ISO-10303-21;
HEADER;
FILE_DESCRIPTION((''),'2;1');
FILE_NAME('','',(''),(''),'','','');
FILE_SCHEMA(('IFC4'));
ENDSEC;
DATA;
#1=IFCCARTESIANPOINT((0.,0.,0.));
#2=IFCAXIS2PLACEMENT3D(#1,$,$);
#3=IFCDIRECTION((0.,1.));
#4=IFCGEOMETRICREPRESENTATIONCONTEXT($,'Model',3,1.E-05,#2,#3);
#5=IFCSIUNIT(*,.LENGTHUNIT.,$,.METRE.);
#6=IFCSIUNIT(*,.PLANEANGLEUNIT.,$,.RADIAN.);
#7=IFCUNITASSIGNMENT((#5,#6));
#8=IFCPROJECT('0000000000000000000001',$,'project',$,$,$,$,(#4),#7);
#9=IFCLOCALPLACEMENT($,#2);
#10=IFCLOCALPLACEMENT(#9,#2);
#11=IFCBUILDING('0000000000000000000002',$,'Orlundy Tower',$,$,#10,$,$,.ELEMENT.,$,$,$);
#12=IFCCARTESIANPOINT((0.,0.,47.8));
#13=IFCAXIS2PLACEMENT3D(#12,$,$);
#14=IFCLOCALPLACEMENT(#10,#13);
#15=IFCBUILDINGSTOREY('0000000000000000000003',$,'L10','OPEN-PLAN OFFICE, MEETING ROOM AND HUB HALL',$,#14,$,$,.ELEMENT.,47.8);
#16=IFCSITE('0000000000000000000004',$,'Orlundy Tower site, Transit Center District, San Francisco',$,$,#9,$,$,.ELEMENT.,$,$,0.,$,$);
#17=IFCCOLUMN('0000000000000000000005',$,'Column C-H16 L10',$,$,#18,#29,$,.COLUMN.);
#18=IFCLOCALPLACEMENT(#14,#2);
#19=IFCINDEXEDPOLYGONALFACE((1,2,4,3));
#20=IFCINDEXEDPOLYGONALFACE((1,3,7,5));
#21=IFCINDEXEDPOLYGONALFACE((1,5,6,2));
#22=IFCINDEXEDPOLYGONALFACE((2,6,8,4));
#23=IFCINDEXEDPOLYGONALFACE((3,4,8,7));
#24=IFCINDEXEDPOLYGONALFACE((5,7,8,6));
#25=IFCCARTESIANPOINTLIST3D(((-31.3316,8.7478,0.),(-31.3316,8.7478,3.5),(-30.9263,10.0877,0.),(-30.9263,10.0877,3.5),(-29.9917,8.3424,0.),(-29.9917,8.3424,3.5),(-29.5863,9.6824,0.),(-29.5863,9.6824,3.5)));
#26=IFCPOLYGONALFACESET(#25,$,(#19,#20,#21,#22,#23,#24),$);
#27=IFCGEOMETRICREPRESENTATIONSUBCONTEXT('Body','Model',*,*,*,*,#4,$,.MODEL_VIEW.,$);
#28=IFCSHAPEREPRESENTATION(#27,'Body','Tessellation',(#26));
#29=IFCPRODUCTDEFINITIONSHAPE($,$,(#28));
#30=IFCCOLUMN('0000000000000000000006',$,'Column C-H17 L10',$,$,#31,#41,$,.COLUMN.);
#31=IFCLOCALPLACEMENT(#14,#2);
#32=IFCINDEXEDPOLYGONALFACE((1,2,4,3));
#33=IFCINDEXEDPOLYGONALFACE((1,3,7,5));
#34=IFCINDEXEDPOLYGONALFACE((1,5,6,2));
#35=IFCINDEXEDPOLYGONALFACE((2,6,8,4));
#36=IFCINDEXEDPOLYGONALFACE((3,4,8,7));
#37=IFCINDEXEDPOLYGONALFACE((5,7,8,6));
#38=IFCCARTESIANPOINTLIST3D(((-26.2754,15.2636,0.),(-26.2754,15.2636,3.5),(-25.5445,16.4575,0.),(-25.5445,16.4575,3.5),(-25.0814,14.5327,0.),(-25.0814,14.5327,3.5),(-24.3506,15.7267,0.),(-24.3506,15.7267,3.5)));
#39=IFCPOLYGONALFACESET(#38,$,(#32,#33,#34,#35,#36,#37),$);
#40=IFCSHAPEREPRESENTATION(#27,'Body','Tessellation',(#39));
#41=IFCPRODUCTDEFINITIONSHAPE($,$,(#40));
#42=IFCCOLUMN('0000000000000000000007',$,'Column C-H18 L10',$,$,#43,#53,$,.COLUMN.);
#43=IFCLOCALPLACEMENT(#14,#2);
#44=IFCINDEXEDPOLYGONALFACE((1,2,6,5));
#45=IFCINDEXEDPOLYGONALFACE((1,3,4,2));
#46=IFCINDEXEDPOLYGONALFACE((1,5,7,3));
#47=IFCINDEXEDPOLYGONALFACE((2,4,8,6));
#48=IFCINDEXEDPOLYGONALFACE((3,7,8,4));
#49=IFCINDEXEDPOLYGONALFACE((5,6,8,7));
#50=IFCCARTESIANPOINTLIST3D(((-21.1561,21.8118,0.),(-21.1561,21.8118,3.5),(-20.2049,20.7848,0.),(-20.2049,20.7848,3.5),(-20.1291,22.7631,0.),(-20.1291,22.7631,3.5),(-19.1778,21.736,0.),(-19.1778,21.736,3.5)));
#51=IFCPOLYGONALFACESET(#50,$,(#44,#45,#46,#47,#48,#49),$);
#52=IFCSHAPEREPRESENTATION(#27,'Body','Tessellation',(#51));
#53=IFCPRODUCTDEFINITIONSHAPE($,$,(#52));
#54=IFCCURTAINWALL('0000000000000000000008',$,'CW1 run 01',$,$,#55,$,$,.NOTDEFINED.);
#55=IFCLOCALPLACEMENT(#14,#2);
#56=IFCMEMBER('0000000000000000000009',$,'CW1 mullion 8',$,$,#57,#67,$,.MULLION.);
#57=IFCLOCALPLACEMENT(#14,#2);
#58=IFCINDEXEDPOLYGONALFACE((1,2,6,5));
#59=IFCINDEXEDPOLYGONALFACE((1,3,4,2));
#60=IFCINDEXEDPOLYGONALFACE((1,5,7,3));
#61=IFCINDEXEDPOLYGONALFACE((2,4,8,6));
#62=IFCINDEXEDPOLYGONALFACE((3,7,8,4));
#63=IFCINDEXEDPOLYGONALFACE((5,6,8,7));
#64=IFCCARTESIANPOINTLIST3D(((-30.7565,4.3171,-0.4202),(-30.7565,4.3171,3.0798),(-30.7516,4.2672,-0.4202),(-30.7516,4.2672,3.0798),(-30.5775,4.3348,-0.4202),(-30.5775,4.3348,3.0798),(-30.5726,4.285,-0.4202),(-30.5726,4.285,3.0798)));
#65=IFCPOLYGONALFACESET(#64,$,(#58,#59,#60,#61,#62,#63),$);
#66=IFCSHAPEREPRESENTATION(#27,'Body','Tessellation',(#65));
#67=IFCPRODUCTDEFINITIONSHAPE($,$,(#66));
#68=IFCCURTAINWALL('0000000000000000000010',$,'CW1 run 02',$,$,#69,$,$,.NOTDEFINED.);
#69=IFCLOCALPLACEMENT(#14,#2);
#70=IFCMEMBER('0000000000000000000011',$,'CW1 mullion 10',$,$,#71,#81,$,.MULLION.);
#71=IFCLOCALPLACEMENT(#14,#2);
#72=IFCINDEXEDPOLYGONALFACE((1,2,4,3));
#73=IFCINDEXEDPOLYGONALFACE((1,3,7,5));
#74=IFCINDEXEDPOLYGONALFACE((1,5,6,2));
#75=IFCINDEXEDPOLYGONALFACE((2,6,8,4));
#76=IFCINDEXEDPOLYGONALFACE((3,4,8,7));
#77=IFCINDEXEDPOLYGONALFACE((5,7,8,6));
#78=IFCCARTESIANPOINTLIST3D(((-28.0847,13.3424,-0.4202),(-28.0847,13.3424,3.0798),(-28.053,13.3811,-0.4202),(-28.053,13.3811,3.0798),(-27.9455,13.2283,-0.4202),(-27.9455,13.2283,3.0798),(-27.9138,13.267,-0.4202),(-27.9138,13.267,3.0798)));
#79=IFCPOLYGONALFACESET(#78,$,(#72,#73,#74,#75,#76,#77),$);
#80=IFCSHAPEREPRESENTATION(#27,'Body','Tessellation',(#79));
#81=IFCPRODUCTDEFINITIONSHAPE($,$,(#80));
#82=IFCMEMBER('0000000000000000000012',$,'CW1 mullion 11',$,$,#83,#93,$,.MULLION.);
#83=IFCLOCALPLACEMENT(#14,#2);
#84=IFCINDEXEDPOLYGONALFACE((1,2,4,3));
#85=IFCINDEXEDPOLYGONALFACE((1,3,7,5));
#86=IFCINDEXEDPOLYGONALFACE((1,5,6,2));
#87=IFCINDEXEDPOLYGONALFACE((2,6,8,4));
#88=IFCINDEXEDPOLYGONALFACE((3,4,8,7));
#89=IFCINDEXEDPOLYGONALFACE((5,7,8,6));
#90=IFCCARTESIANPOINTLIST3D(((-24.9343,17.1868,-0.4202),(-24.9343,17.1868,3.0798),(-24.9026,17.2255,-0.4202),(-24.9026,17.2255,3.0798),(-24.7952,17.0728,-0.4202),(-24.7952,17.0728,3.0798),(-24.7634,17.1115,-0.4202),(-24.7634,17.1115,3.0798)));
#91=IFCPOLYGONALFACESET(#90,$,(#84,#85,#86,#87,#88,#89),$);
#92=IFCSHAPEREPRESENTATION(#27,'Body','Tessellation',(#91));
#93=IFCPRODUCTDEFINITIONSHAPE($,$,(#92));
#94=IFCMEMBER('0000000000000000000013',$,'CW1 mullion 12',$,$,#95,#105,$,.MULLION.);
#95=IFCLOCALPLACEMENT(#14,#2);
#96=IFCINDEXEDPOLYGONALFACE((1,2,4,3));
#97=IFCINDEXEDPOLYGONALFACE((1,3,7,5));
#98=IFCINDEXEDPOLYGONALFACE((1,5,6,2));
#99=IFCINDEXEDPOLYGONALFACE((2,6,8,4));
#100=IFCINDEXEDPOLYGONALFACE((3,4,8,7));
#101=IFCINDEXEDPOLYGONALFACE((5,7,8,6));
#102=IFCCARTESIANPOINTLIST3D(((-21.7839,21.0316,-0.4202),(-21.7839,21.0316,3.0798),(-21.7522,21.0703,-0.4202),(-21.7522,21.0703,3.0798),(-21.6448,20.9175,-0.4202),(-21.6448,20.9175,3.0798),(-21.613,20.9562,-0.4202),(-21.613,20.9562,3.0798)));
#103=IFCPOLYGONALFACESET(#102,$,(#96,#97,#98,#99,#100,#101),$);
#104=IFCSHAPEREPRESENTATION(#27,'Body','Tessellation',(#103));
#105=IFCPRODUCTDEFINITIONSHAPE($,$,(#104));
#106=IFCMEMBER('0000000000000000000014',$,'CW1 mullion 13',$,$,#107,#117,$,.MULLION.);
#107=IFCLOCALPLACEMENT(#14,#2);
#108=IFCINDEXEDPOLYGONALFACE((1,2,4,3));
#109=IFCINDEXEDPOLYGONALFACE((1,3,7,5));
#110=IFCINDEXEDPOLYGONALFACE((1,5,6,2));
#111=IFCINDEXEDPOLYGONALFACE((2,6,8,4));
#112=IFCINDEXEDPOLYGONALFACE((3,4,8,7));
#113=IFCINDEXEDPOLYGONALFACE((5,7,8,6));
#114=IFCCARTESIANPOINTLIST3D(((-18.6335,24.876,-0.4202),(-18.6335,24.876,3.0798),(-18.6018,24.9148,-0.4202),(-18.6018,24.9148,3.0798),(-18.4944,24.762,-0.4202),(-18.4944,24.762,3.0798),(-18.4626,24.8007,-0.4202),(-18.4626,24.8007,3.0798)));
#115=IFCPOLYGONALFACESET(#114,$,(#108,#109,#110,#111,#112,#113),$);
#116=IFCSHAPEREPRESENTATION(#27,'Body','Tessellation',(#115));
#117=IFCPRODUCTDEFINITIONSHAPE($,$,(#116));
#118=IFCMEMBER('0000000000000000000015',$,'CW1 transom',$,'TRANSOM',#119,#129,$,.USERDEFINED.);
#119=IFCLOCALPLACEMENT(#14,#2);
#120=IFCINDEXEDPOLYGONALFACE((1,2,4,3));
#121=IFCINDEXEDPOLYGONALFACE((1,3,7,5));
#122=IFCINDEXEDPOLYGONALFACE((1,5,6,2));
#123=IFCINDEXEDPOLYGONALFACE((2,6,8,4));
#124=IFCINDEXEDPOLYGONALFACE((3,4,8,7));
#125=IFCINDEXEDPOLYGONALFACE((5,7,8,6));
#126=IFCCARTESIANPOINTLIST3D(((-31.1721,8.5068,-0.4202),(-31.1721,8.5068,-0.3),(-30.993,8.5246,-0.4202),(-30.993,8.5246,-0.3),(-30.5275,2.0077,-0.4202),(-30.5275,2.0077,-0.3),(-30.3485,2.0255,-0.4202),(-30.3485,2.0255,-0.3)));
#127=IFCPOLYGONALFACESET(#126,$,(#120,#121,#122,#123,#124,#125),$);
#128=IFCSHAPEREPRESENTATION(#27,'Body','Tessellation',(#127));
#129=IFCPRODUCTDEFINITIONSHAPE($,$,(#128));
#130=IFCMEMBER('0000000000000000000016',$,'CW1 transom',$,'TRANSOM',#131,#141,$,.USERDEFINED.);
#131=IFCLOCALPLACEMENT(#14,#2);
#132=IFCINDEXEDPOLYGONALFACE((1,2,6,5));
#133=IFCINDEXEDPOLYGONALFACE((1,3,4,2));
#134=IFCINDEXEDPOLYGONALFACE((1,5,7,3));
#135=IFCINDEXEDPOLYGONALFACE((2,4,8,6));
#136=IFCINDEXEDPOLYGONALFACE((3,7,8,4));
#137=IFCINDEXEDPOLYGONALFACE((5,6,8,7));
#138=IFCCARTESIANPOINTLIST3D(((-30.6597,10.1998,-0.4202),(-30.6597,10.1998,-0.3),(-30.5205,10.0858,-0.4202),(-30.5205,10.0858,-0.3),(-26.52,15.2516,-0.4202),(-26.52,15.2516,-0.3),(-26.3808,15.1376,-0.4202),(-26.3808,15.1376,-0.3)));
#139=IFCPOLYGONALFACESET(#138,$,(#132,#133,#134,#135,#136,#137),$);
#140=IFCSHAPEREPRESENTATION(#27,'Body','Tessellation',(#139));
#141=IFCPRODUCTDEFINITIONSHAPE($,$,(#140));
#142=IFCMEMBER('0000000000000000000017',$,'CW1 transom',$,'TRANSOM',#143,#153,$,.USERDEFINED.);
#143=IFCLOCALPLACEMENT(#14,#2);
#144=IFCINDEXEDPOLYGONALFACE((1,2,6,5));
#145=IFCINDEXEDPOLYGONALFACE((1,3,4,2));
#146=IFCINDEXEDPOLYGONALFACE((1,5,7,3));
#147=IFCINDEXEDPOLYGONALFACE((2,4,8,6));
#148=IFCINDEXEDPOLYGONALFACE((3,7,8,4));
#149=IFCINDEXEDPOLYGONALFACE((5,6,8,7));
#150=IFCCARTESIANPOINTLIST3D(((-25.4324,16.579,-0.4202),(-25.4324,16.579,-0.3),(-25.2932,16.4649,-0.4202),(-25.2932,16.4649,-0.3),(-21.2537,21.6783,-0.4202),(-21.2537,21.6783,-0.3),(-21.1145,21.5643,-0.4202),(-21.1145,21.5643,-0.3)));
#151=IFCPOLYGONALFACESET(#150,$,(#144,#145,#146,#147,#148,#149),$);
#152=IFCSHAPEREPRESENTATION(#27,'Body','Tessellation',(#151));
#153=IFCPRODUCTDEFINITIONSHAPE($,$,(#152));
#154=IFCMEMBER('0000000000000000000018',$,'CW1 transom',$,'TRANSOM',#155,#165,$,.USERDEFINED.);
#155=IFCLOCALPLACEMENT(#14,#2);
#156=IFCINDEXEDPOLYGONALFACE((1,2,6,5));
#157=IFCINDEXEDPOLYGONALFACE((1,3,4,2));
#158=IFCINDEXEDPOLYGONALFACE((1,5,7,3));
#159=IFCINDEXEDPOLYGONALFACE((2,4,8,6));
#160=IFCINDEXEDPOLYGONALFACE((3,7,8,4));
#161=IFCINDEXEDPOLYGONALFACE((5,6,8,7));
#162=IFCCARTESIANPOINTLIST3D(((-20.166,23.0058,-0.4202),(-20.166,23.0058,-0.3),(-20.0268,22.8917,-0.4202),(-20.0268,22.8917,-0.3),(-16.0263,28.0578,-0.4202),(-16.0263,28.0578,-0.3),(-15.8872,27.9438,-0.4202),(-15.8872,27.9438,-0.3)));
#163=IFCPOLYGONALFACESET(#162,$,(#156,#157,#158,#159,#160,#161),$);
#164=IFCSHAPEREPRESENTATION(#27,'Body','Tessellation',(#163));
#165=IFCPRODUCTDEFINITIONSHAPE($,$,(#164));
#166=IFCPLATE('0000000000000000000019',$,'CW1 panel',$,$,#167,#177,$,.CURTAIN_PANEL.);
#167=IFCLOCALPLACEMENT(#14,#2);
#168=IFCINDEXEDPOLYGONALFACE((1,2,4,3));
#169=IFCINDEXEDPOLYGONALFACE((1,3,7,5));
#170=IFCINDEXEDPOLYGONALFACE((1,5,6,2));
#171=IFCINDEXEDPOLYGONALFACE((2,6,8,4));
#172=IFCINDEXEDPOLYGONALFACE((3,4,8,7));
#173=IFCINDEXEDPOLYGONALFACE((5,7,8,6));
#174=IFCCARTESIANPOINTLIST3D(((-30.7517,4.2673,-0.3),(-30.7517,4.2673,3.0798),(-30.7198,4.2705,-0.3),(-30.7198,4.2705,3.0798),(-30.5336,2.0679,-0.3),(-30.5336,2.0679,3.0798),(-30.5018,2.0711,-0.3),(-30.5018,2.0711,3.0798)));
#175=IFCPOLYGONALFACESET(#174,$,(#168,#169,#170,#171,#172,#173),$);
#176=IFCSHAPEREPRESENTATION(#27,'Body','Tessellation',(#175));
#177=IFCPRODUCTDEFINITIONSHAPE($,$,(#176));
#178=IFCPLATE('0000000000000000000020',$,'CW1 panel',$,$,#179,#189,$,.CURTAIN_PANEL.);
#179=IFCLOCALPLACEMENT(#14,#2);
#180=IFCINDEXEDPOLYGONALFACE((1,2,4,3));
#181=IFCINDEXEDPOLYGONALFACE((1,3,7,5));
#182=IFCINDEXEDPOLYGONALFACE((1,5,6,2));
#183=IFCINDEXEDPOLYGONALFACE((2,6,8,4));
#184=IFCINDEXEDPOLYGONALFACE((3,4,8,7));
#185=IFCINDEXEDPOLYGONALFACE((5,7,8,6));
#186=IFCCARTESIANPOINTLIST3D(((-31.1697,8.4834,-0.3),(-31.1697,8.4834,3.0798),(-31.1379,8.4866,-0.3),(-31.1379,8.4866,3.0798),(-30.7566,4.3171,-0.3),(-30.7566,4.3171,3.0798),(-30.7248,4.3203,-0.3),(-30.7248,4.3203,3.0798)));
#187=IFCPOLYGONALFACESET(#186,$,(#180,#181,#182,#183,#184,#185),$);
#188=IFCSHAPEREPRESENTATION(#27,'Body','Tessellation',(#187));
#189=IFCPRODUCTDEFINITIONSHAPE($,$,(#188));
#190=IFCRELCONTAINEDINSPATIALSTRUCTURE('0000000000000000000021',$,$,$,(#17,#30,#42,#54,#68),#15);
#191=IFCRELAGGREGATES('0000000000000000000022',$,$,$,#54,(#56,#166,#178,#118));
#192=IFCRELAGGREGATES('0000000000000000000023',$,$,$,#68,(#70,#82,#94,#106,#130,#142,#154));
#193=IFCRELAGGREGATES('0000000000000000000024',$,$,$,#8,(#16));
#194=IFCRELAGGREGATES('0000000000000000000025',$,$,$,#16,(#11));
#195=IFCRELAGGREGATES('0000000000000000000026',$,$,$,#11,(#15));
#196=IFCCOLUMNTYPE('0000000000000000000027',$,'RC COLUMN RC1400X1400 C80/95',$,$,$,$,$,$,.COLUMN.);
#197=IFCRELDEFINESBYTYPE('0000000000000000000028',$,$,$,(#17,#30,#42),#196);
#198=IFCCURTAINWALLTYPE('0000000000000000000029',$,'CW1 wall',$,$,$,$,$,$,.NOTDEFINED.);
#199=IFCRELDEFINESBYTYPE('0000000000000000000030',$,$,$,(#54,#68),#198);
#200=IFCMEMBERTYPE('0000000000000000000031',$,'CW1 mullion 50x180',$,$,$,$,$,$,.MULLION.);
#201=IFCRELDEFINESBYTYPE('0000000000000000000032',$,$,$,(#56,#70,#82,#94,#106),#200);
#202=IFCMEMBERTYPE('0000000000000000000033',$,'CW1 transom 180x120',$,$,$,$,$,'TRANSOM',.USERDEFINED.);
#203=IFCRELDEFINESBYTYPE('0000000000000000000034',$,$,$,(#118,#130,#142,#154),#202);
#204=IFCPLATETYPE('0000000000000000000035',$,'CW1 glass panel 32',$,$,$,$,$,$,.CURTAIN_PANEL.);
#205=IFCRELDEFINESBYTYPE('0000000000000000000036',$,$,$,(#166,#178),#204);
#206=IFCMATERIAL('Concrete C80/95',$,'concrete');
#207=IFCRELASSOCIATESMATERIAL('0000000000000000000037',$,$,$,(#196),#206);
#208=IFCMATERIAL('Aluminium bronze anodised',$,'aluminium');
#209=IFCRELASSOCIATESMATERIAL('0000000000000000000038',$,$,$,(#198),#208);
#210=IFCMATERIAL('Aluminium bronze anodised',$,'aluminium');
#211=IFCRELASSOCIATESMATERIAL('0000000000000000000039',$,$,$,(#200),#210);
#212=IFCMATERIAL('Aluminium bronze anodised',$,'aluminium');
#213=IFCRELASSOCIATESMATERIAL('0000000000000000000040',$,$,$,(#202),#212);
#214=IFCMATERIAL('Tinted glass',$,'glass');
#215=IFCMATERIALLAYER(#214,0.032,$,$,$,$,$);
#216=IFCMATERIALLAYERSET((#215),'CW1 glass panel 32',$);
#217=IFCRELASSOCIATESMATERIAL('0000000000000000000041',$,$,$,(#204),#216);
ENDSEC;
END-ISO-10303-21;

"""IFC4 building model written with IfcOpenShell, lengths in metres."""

from ifc_helpers import new_model, si_unit, direction, frame, origin, origin_2d, place, context, subcontext, project, spatial, rectangle, extrude, material, layer, layer_set, material_profile, profile_set, type_object, element, aggregate, save


model = new_model("IFC4")

# Units and contexts
model_context = context("Model", 3, precision=1e-05, world=origin(), true_north=direction((0.0, 1.0)))
body_context = subcontext(model_context, "Body", "Model", "MODEL_VIEW")
ifc_project = project(units=[si_unit("LENGTHUNIT", "METRE"), si_unit("PLANEANGLEUNIT", "RADIAN")], contexts=[model_context])

# Site, building, storey
site_placement = place(None, origin())
site = spatial("IfcSite", under=ifc_project, at=site_placement, Name="Orlundy Tower site, Transit Center District, San Francisco", CompositionType="ELEMENT", RefElevation=0.0)
building_placement = place(site_placement, origin())
building = spatial("IfcBuilding", under=site, at=building_placement, Name="Orlundy Tower", CompositionType="ELEMENT")
storey_placement = place(building_placement, frame((0.0, 0.0, 47.8)))
storey = spatial("IfcBuildingStorey", under=building, at=storey_placement, Name="L10", Description="OPEN-PLAN OFFICE, MEETING ROOM AND HUB HALL", CompositionType="ELEMENT", Elevation=47.8)

# Columns
ifc_material_1 = material(Name="Concrete C80/95", Category="concrete")
ifc_material_profile_1 = material_profile(ifc_material_1, rectangle(XDim=1.3999, YDim=1.3999, at=origin_2d()), Name="RC1400X1400")
ifc_profile_set_1 = profile_set([ifc_material_profile_1], Name="Concrete C80/95")
column_type = type_object("IfcColumnType", Name="RC COLUMN RC1400X1400 C80/95", PredefinedType="COLUMN", material=ifc_profile_set_1)
for number, where, z_axis, x_axis, name in (
    (1, (-30.459, 9.2151, 0.0), (0.0, 0.0, 1.0), (-0.957153, 0.289583, 0.0), "Column C-H16 L10"),
    (2, (-25.313, 15.4951, 0.0), (0.0, 0.0, 1.0), (-0.852895, 0.522082, 0.0), "Column C-H17 L10"),
    (3, (-20.167, 21.7739, 0.0), (0.0, 0.0, 1.0), (-0.679518, 0.733659, 0.0), "Column C-H18 L10"),
):
    element("IfcColumn", number, at=place(storey_placement, frame(where, z_axis=z_axis, x_axis=x_axis)), inside=storey, type_object=column_type, Name=name, PredefinedType="COLUMN", context=body_context, shape_type="SweptSolid", body=[
        extrude(rectangle(XDim=1.3999, YDim=1.3999, at=origin_2d()), origin(), (0.0, 0.0, 1.0), 3.5),
    ])

# Curtain wall, member
ifc_material_2 = material(Name="Aluminium bronze anodised", Category="aluminium")
curtain_wall_type = type_object("IfcCurtainWallType", Name="CW1 wall", PredefinedType="NOTDEFINED", material=ifc_material_2)
curtain_wall_1_placement = place(storey_placement, origin())
curtain_wall_1 = element("IfcCurtainWall", 4, at=curtain_wall_1_placement, inside=storey, type_object=curtain_wall_type, Name="CW1 run 01", PredefinedType="NOTDEFINED")
ifc_material_3 = material(Name="Aluminium bronze anodised", Category="aluminium")
ifc_material_profile_2 = material_profile(ifc_material_3, rectangle(XDim=0.1799, YDim=0.05, at=origin_2d()), Name="CW1 mullion 50x180")
ifc_profile_set_2 = profile_set([ifc_material_profile_2], Name="Aluminium bronze anodised")
member_type_1 = type_object("IfcMemberType", Name="CW1 mullion 50x180", PredefinedType="MULLION", material=ifc_profile_set_2)
member_1_placement = place(storey_placement, frame((-30.6646, 4.301, -0.4202), z_axis=(0.0, 0.0, 1.0), x_axis=(-0.99512, -0.098672, 0.0)))
member_1 = element("IfcMember", 5, at=member_1_placement, type_object=member_type_1, Name="CW1 mullion 8", PredefinedType="MULLION", context=body_context, shape_type="SweptSolid", body=[
    extrude(rectangle(XDim=0.1799, YDim=0.05, at=origin_2d()), origin(), (0.0, 0.0, 1.0), 3.5),
])

# Curtain wall, members
curtain_wall_2_placement = place(storey_placement, origin())
curtain_wall_2 = element("IfcCurtainWall", 6, at=curtain_wall_2_placement, inside=storey, type_object=curtain_wall_type, Name="CW1 run 02", PredefinedType="NOTDEFINED")
member_2_placement = place(storey_placement, frame((-27.9993, 13.3047, -0.4202), z_axis=(0.0, 0.0, 1.0), x_axis=(-0.773482, 0.633818, 0.0)))
member_2 = element("IfcMember", 7, at=member_2_placement, type_object=member_type_1, Name="CW1 mullion 10", PredefinedType="MULLION", context=body_context, shape_type="SweptSolid", body=[
    extrude(rectangle(XDim=0.1799, YDim=0.05, at=origin_2d()), origin(), (0.0, 0.0, 1.0), 3.5),
])
member_3_placement = place(storey_placement, frame((-24.8489, 17.1492, -0.4202), z_axis=(0.0, 0.0, 1.0), x_axis=(-0.773482, 0.633818, 0.0)))
member_3 = element("IfcMember", 8, at=member_3_placement, type_object=member_type_1, Name="CW1 mullion 11", PredefinedType="MULLION", context=body_context, shape_type="SweptSolid", body=[
    extrude(rectangle(XDim=0.1799, YDim=0.05, at=origin_2d()), origin(), (0.0, 0.0, 1.0), 3.5),
])
member_4_placement = place(storey_placement, frame((-21.6985, 20.9939, -0.4202), z_axis=(0.0, 0.0, 1.0), x_axis=(-0.773482, 0.633818, 0.0)))
member_4 = element("IfcMember", 9, at=member_4_placement, type_object=member_type_1, Name="CW1 mullion 12", PredefinedType="MULLION", context=body_context, shape_type="SweptSolid", body=[
    extrude(rectangle(XDim=0.1799, YDim=0.05, at=origin_2d()), origin(), (0.0, 0.0, 1.0), 3.5),
])
member_5_placement = place(storey_placement, frame((-18.5481, 24.8384, -0.4202), z_axis=(0.0, 0.0, 1.0), x_axis=(-0.773482, 0.633818, 0.0)))
member_5 = element("IfcMember", 10, at=member_5_placement, type_object=member_type_1, Name="CW1 mullion 13", PredefinedType="MULLION", context=body_context, shape_type="SweptSolid", body=[
    extrude(rectangle(XDim=0.1799, YDim=0.05, at=origin_2d()), origin(), (0.0, 0.0, 1.0), 3.5),
])

# Members
ifc_material_4 = material(Name="Aluminium bronze anodised", Category="aluminium")
ifc_material_profile_3 = material_profile(ifc_material_4, rectangle(XDim=0.1799, YDim=0.1201, at=origin_2d()), Name="CW1 transom 180x120")
ifc_profile_set_3 = profile_set([ifc_material_profile_3], Name="Aluminium bronze anodised")
member_type_2 = type_object("IfcMemberType", Name="CW1 transom 180x120", ElementType="TRANSOM", PredefinedType="USERDEFINED", material=ifc_profile_set_3)
member_6_placement = place(storey_placement, frame((-30.438, 2.0166, -0.3601), z_axis=(-0.098689, 0.995118, 0.0), x_axis=(-0.995118, -0.098689, 0.0)))
member_6 = element("IfcMember", 11, at=member_6_placement, type_object=member_type_2, Name="CW1 transom", ObjectType="TRANSOM", PredefinedType="USERDEFINED", context=body_context, shape_type="SweptSolid", body=[
    extrude(rectangle(XDim=0.1799, YDim=0.1201, at=origin_2d()), origin(), (0.0, 0.0, 1.0), 6.531),
])
member_7_placement = place(storey_placement, frame((-30.5901, 10.1428, -0.3601), z_axis=(0.633824, 0.773477, 0.0), x_axis=(-0.773477, 0.633824, 0.0)))
member_7 = element("IfcMember", 12, at=member_7_placement, type_object=member_type_2, Name="CW1 transom", ObjectType="TRANSOM", PredefinedType="USERDEFINED", context=body_context, shape_type="SweptSolid", body=[
    extrude(rectangle(XDim=0.1799, YDim=0.1201, at=origin_2d()), origin(), (0.0, 0.0, 1.0), 6.5312),
])
member_8_placement = place(storey_placement, frame((-25.3628, 16.522, -0.3601), z_axis=(0.633828, 0.773474, 0.0), x_axis=(-0.773474, 0.633828, 0.0)))
member_8 = element("IfcMember", 13, at=member_8_placement, type_object=member_type_2, Name="CW1 transom", ObjectType="TRANSOM", PredefinedType="USERDEFINED", context=body_context, shape_type="SweptSolid", body=[
    extrude(rectangle(XDim=0.1799, YDim=0.1201, at=origin_2d()), origin(), (0.0, 0.0, 1.0), 6.5928),
])
member_9_placement = place(storey_placement, frame((-20.0964, 22.9487, -0.3601), z_axis=(0.633806, 0.773492, 0.0), x_axis=(-0.773492, 0.633806, 0.0)))
member_9 = element("IfcMember", 14, at=member_9_placement, type_object=member_type_2, Name="CW1 transom", ObjectType="TRANSOM", PredefinedType="USERDEFINED", context=body_context, shape_type="SweptSolid", body=[
    extrude(rectangle(XDim=0.1799, YDim=0.1201, at=origin_2d()), origin(), (0.0, 0.0, 1.0), 6.5315),
])

# Plates
ifc_material_5 = material(Name="Tinted glass", Category="glass")
ifc_layer_1 = layer(ifc_material_5, 0.032)
ifc_layer_set_1 = layer_set([ifc_layer_1], Name="CW1 glass panel 32")
plate_type = type_object("IfcPlateType", Name="CW1 glass panel 32", PredefinedType="CURTAIN_PANEL", material=ifc_layer_set_1)
plate_1_placement = place(storey_placement, frame((-30.6267, 3.1692, -0.3), z_axis=(0.0, 0.0, 1.0), x_axis=(-0.098672, 0.99512, 0.0)))
plate_1 = element("IfcPlate", 15, at=plate_1_placement, type_object=plate_type, Name="CW1 panel", PredefinedType="CURTAIN_PANEL", context=body_context, shape_type="SweptSolid", body=[
    extrude(rectangle(XDim=2.2102, YDim=0.032, at=origin_2d()), origin(), (0.0, 0.0, 1.0), 3.3799),
])
plate_2_placement = place(storey_placement, frame((-30.9473, 6.4019, -0.3), z_axis=(0.0, 0.0, 1.0), x_axis=(-0.098672, 0.99512, 0.0)))
plate_2 = element("IfcPlate", 16, at=plate_2_placement, type_object=plate_type, Name="CW1 panel", PredefinedType="CURTAIN_PANEL", context=body_context, shape_type="SweptSolid", body=[
    extrude(rectangle(XDim=4.1868, YDim=0.032, at=origin_2d()), origin(), (0.0, 0.0, 1.0), 3.3799),
])
aggregate(curtain_wall_1, [member_1, plate_1, plate_2, member_6])
aggregate(curtain_wall_2, [member_2, member_3, member_4, member_5, member_7, member_8, member_9])

save(model, "model.ifc")
